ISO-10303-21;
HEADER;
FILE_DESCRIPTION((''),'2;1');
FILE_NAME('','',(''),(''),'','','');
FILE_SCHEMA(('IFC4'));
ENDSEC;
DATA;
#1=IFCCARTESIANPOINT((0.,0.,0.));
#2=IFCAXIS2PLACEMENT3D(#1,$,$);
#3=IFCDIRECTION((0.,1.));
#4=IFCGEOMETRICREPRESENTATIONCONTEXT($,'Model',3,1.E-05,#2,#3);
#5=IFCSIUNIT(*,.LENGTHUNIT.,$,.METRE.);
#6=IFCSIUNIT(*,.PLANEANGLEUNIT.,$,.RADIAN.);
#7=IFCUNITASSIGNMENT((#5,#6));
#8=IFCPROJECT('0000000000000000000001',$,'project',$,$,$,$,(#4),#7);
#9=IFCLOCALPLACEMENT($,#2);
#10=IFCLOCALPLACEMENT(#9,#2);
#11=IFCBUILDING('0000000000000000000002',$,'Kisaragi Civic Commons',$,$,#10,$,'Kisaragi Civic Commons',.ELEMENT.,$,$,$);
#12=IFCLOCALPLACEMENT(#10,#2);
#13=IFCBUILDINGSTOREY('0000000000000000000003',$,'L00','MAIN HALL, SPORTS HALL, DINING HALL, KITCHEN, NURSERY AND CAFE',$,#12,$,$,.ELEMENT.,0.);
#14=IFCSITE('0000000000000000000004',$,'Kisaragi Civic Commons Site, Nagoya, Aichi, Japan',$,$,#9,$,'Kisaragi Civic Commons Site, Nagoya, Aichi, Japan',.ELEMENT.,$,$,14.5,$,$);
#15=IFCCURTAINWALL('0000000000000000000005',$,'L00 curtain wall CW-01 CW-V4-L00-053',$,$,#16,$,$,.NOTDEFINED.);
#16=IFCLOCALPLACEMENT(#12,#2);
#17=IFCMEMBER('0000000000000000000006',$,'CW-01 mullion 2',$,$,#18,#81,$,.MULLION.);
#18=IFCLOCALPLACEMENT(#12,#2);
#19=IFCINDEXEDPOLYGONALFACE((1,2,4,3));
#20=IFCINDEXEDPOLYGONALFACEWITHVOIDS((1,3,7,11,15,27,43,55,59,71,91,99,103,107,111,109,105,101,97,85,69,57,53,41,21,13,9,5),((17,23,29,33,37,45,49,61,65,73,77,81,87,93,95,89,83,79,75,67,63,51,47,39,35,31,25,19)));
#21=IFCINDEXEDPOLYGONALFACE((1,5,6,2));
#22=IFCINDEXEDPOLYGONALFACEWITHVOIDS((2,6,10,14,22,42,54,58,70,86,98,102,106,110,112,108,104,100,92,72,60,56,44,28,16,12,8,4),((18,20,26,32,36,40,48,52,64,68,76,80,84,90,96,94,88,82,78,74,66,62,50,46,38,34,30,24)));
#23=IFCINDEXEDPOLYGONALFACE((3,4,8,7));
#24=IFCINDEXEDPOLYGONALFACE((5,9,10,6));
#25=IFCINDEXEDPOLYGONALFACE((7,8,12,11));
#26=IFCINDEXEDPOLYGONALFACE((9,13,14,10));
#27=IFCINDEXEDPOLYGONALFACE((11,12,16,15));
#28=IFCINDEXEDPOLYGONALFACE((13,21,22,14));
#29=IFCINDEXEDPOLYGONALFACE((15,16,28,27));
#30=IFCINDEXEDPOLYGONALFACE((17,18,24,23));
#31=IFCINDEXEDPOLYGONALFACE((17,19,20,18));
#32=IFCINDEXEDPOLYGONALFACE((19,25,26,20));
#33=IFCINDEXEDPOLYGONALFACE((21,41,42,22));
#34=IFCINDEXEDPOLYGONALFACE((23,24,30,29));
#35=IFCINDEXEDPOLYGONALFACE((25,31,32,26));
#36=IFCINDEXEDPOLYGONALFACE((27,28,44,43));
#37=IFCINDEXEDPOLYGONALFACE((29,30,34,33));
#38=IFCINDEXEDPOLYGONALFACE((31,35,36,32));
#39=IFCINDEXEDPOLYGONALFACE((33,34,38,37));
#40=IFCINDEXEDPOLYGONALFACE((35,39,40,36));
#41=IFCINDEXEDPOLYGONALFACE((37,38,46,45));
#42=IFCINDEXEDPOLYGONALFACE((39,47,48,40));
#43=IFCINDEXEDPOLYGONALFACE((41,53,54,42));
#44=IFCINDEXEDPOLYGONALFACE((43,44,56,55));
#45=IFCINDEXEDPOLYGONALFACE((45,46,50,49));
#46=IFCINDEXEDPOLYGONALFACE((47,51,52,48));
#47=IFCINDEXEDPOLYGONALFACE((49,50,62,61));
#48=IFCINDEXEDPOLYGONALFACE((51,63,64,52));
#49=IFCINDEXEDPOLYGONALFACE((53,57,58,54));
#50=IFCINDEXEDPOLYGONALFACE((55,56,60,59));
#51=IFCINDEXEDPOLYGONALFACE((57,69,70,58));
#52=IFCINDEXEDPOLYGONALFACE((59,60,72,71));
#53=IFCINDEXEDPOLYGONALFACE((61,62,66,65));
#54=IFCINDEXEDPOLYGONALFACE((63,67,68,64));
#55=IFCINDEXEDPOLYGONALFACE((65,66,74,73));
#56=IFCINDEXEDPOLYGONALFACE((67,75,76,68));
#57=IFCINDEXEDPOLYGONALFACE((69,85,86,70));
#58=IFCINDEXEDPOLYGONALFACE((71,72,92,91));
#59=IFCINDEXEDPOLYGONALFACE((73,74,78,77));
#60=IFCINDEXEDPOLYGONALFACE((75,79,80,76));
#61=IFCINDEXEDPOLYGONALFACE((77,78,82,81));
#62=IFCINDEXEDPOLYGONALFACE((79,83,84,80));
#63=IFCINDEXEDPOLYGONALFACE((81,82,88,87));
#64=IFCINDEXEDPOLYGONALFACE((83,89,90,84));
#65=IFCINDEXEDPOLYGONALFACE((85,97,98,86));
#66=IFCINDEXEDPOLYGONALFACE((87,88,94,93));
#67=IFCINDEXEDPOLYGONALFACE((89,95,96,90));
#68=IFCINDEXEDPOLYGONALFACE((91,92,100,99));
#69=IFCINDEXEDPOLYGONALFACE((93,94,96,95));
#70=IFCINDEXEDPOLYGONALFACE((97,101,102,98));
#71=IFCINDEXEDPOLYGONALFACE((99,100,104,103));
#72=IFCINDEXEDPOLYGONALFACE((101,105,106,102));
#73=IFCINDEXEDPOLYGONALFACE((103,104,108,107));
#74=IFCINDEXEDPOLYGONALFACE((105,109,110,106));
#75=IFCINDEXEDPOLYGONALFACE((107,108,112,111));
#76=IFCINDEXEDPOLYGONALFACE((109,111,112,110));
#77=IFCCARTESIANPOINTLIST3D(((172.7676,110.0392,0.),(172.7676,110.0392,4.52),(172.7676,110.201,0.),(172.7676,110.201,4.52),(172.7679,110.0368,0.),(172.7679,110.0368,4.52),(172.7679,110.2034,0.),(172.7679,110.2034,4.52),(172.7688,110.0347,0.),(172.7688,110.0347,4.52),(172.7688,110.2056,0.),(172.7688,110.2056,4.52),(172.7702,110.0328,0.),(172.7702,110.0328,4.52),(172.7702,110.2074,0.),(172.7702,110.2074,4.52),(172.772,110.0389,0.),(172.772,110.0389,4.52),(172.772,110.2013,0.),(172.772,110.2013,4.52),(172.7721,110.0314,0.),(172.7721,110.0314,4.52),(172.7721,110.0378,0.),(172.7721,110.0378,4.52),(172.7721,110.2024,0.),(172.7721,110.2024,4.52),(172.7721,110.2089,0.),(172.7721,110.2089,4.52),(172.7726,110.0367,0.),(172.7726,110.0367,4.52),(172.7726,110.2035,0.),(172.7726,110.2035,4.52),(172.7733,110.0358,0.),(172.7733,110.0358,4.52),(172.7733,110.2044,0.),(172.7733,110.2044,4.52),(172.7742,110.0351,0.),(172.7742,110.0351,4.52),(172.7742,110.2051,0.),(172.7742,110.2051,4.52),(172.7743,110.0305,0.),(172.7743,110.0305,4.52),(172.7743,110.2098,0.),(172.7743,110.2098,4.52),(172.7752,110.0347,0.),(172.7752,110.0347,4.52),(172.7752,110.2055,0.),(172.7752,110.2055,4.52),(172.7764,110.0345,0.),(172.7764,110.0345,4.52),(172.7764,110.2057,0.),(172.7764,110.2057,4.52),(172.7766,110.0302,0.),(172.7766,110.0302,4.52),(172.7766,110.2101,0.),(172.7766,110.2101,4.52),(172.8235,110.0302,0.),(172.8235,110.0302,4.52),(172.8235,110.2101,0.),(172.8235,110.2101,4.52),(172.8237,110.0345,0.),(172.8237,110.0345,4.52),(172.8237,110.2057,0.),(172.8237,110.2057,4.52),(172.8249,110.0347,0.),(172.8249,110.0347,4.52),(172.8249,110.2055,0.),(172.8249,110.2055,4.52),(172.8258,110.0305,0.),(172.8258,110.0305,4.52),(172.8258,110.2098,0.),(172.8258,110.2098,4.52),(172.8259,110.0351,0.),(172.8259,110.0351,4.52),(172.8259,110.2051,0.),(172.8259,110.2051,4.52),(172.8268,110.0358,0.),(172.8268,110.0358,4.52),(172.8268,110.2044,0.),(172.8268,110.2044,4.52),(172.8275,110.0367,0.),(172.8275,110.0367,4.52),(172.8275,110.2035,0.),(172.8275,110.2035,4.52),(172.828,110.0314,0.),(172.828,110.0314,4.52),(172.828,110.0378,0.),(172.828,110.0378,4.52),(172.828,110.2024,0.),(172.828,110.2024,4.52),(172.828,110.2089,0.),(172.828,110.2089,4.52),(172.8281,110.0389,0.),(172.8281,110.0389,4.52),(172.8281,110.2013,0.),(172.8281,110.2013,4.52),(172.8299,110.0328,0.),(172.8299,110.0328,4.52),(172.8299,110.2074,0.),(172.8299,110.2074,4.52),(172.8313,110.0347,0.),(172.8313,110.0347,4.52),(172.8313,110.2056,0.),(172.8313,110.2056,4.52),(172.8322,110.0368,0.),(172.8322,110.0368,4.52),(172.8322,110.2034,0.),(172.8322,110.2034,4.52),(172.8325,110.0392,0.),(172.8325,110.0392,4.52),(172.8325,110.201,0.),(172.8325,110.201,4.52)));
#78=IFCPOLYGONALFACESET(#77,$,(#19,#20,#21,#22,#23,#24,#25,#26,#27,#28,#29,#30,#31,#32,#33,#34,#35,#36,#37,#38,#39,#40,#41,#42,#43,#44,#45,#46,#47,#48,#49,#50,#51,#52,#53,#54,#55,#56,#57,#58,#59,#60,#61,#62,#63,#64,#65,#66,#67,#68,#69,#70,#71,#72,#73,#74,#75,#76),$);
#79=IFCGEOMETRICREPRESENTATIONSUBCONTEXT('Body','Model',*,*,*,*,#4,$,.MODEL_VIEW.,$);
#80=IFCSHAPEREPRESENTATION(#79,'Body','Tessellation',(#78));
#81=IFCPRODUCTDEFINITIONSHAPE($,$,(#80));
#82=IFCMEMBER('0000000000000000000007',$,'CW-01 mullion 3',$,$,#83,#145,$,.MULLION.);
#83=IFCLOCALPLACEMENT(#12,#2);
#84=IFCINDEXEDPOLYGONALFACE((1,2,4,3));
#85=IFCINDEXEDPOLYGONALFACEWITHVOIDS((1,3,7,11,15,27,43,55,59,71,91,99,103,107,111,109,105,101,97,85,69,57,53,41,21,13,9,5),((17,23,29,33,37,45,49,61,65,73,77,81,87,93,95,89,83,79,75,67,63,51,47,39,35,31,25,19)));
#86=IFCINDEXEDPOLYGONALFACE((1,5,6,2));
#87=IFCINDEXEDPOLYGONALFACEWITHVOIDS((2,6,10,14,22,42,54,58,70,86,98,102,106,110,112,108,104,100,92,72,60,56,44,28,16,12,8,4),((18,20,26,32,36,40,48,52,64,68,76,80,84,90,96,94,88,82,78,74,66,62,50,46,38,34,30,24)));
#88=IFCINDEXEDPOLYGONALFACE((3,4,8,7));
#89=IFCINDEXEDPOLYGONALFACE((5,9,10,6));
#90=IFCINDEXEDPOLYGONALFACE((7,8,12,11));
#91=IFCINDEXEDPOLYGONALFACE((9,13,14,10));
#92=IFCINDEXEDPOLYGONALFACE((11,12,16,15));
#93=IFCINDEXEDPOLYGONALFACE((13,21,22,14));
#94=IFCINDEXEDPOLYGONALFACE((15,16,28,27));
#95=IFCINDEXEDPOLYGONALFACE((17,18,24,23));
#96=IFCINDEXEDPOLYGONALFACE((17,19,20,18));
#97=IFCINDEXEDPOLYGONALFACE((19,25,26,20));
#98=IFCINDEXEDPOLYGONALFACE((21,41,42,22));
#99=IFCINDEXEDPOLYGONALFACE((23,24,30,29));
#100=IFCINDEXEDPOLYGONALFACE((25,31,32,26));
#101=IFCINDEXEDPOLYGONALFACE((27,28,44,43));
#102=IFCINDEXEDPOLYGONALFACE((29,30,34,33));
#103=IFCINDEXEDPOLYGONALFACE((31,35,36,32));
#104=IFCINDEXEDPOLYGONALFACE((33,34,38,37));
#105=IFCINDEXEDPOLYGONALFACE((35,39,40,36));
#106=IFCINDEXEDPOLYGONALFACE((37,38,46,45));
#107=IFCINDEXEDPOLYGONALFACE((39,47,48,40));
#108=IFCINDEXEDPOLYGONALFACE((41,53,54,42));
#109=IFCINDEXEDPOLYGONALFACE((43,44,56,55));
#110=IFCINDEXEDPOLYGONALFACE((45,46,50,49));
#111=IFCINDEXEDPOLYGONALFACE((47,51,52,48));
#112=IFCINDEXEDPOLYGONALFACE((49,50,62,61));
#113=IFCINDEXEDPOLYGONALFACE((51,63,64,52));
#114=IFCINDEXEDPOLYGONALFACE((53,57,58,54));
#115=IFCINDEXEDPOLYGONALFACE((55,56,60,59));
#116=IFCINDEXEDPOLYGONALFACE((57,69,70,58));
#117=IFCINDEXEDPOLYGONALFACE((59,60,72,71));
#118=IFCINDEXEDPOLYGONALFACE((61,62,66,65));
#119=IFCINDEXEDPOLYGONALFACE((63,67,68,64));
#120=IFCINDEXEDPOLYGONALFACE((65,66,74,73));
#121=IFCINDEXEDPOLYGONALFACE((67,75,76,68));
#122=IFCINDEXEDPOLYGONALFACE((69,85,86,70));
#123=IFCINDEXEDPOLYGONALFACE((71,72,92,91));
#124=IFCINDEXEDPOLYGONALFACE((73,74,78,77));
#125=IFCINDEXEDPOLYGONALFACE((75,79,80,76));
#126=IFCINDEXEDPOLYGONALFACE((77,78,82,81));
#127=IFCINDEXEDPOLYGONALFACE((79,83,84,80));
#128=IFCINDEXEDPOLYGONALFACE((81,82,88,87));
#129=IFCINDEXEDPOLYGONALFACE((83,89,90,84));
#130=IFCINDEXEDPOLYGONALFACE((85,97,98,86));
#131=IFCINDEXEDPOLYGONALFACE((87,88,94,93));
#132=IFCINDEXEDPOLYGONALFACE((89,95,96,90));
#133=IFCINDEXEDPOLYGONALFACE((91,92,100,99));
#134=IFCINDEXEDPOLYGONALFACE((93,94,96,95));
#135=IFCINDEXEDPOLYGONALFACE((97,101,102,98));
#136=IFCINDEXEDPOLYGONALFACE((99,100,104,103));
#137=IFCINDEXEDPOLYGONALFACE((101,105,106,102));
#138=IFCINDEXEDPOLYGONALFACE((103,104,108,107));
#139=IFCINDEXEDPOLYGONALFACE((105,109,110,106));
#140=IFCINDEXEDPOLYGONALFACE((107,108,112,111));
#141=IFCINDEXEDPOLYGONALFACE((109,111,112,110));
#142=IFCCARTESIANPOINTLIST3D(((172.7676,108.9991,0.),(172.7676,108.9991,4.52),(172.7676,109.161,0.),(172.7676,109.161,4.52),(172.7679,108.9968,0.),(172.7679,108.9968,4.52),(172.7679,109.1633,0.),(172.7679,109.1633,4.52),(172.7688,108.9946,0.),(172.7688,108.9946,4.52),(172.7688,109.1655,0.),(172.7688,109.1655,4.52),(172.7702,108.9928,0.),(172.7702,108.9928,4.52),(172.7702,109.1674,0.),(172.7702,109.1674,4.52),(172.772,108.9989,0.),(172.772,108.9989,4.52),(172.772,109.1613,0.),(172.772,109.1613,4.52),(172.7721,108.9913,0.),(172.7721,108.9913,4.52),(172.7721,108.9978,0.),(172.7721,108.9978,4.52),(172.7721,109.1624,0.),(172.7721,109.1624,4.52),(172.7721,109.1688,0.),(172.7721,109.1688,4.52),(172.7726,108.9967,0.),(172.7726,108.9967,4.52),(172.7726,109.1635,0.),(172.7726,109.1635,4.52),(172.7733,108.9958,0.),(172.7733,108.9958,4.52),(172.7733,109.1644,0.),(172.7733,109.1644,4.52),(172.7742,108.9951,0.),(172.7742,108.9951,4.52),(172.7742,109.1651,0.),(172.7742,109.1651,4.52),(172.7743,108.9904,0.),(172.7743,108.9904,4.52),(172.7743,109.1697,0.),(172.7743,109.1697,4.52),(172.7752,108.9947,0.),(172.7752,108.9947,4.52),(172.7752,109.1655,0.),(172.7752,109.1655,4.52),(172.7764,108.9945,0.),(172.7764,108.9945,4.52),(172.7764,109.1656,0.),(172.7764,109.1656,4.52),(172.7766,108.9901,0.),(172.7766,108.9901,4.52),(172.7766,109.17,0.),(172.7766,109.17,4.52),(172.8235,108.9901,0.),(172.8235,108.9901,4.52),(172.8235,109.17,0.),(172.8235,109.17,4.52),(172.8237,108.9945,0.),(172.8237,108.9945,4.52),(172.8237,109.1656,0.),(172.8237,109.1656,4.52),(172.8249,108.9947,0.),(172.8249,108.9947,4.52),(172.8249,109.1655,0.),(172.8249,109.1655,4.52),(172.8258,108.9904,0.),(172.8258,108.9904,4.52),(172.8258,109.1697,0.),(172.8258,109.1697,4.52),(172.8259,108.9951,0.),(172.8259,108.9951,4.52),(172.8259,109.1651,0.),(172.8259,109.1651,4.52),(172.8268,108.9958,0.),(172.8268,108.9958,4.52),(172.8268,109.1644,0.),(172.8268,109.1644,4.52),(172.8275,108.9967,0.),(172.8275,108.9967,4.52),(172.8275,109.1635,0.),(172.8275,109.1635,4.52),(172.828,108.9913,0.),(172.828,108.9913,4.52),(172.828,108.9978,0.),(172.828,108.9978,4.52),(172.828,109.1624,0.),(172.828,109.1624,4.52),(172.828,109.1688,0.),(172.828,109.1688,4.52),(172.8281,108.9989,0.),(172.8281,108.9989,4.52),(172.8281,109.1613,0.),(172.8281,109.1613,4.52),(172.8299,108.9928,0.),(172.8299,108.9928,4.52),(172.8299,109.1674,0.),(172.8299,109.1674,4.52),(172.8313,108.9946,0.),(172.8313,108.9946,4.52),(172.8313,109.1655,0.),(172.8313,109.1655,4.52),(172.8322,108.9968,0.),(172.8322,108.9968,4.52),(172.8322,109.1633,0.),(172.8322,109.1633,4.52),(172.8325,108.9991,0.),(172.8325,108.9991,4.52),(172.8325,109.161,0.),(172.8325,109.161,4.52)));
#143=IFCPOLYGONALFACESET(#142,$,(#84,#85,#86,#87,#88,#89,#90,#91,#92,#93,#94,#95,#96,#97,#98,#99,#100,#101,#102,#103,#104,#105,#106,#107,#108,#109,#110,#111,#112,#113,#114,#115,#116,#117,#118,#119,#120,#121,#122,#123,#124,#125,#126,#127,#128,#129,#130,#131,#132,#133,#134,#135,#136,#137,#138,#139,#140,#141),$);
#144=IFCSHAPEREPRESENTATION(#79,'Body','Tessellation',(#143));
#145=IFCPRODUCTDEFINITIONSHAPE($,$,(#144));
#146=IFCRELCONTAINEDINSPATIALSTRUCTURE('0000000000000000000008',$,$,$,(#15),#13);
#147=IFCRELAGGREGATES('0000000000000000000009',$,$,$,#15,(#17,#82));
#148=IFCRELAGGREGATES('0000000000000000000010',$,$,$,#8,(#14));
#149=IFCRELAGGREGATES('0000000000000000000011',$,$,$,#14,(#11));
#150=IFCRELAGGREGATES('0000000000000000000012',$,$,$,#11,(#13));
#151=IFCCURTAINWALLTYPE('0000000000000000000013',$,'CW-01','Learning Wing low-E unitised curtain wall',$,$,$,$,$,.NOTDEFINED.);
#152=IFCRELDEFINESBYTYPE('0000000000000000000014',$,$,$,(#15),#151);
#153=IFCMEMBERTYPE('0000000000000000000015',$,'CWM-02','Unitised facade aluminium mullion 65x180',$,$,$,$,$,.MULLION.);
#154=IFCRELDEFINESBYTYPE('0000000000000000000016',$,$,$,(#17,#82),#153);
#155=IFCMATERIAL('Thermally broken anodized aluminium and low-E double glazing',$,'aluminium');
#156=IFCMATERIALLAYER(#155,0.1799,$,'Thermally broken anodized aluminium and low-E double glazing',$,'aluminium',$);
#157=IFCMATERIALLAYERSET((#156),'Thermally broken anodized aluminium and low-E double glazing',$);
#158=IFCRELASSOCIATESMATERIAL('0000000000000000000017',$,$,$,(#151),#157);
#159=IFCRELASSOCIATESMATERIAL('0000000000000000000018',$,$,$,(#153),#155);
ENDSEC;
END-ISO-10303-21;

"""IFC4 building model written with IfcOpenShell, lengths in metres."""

from ifc_helpers import new_model, si_unit, direction, frame, origin, origin_2d, place, context, subcontext, project, spatial, hollow_rectangle, extrude, material, layer, layer_set, material_profile, profile_set, type_object, element, aggregate, save


model = new_model("IFC4")

# Units and contexts
model_context = context("Model", 3, precision=1e-05, world=origin(), true_north=direction((0.0, 1.0)))
body_context = subcontext(model_context, "Body", "Model", "MODEL_VIEW")
ifc_project = project(units=[si_unit("LENGTHUNIT", "METRE"), si_unit("PLANEANGLEUNIT", "RADIAN")], contexts=[model_context])

# Site, building, storey
site_placement = place(None, origin())
site = spatial("IfcSite", under=ifc_project, at=site_placement, Name="Kisaragi Civic Commons Site, Nagoya, Aichi, Japan", LongName="Kisaragi Civic Commons Site, Nagoya, Aichi, Japan", CompositionType="ELEMENT", RefElevation=14.5)
building_placement = place(site_placement, origin())
building = spatial("IfcBuilding", under=site, at=building_placement, Name="Kisaragi Civic Commons", LongName="Kisaragi Civic Commons", CompositionType="ELEMENT")
storey_placement = place(building_placement, origin())
storey = spatial("IfcBuildingStorey", under=building, at=storey_placement, Name="L00", Description="MAIN HALL, SPORTS HALL, DINING HALL, KITCHEN, NURSERY AND CAFE", CompositionType="ELEMENT", Elevation=0.0)

# Shared definitions
ifc_material_1 = material(Name="Thermally broken anodized aluminium and low-E double glazing", Category="aluminium")
ifc_layer_1 = layer(ifc_material_1, 0.1799, Name="Thermally broken anodized aluminium and low-E double glazing", Category="aluminium")
ifc_layer_set_1 = layer_set([ifc_layer_1], Name="Thermally broken anodized aluminium and low-E double glazing")
curtain_wall_type = type_object("IfcCurtainWallType", Name="CW-01", Description="Learning Wing low-E unitised curtain wall", PredefinedType="NOTDEFINED", material=ifc_layer_set_1)
ifc_material_profile_1 = material_profile(ifc_material_1, hollow_rectangle(XDim=0.0649, YDim=0.1799, WallThickness=0.0044, InnerFilletRadius=0.0044, OuterFilletRadius=0.009, at=origin_2d()), Name="CWM-65x180x4.5", Category="aluminium")
ifc_profile_set_1 = profile_set([ifc_material_profile_1], Name="Thermally broken anodized aluminium and low-E double glazing")
member_type_1 = type_object("IfcMemberType", Name="CWM-02", Description="Unitised facade aluminium mullion 65x180", PredefinedType="MULLION", material=ifc_profile_set_1)

# Curtain wall, members
curtain_wall_1_placement = place(storey_placement, origin())
curtain_wall_1 = element("IfcCurtainWall", 1, at=curtain_wall_1_placement, inside=storey, type_object=curtain_wall_type, Name="L00 curtain wall CW-01 CW-V4-L00-053", PredefinedType="NOTDEFINED")
member_1_placement = place(storey_placement, frame((172.8, 110.1201, 0.0), z_axis=(0.0, 0.0, 1.0), x_axis=(1.0, 0.0, 0.0)))
member_1 = element("IfcMember", 2, at=member_1_placement, type_object=member_type_1, Name="CW-01 mullion 2", PredefinedType="MULLION", context=body_context, shape_type="SweptSolid", body=[
    extrude(hollow_rectangle(XDim=0.0649, YDim=0.1799, WallThickness=0.0044, InnerFilletRadius=0.0044, OuterFilletRadius=0.009, at=origin_2d()), origin(), (0.0, 0.0, 1.0), 4.52),
])
member_2_placement = place(storey_placement, frame((172.8, 109.0801, 0.0), z_axis=(0.0, 0.0, 1.0), x_axis=(1.0, 0.0, 0.0)))
member_2 = element("IfcMember", 3, at=member_2_placement, type_object=member_type_1, Name="CW-01 mullion 3", PredefinedType="MULLION", context=body_context, shape_type="SweptSolid", body=[
    extrude(hollow_rectangle(XDim=0.0649, YDim=0.1799, WallThickness=0.0044, InnerFilletRadius=0.0044, OuterFilletRadius=0.009, at=origin_2d()), origin(), (0.0, 0.0, 1.0), 4.52),
])

aggregate(curtain_wall_1, [member_1, member_2])

save(model, "model.ifc")
